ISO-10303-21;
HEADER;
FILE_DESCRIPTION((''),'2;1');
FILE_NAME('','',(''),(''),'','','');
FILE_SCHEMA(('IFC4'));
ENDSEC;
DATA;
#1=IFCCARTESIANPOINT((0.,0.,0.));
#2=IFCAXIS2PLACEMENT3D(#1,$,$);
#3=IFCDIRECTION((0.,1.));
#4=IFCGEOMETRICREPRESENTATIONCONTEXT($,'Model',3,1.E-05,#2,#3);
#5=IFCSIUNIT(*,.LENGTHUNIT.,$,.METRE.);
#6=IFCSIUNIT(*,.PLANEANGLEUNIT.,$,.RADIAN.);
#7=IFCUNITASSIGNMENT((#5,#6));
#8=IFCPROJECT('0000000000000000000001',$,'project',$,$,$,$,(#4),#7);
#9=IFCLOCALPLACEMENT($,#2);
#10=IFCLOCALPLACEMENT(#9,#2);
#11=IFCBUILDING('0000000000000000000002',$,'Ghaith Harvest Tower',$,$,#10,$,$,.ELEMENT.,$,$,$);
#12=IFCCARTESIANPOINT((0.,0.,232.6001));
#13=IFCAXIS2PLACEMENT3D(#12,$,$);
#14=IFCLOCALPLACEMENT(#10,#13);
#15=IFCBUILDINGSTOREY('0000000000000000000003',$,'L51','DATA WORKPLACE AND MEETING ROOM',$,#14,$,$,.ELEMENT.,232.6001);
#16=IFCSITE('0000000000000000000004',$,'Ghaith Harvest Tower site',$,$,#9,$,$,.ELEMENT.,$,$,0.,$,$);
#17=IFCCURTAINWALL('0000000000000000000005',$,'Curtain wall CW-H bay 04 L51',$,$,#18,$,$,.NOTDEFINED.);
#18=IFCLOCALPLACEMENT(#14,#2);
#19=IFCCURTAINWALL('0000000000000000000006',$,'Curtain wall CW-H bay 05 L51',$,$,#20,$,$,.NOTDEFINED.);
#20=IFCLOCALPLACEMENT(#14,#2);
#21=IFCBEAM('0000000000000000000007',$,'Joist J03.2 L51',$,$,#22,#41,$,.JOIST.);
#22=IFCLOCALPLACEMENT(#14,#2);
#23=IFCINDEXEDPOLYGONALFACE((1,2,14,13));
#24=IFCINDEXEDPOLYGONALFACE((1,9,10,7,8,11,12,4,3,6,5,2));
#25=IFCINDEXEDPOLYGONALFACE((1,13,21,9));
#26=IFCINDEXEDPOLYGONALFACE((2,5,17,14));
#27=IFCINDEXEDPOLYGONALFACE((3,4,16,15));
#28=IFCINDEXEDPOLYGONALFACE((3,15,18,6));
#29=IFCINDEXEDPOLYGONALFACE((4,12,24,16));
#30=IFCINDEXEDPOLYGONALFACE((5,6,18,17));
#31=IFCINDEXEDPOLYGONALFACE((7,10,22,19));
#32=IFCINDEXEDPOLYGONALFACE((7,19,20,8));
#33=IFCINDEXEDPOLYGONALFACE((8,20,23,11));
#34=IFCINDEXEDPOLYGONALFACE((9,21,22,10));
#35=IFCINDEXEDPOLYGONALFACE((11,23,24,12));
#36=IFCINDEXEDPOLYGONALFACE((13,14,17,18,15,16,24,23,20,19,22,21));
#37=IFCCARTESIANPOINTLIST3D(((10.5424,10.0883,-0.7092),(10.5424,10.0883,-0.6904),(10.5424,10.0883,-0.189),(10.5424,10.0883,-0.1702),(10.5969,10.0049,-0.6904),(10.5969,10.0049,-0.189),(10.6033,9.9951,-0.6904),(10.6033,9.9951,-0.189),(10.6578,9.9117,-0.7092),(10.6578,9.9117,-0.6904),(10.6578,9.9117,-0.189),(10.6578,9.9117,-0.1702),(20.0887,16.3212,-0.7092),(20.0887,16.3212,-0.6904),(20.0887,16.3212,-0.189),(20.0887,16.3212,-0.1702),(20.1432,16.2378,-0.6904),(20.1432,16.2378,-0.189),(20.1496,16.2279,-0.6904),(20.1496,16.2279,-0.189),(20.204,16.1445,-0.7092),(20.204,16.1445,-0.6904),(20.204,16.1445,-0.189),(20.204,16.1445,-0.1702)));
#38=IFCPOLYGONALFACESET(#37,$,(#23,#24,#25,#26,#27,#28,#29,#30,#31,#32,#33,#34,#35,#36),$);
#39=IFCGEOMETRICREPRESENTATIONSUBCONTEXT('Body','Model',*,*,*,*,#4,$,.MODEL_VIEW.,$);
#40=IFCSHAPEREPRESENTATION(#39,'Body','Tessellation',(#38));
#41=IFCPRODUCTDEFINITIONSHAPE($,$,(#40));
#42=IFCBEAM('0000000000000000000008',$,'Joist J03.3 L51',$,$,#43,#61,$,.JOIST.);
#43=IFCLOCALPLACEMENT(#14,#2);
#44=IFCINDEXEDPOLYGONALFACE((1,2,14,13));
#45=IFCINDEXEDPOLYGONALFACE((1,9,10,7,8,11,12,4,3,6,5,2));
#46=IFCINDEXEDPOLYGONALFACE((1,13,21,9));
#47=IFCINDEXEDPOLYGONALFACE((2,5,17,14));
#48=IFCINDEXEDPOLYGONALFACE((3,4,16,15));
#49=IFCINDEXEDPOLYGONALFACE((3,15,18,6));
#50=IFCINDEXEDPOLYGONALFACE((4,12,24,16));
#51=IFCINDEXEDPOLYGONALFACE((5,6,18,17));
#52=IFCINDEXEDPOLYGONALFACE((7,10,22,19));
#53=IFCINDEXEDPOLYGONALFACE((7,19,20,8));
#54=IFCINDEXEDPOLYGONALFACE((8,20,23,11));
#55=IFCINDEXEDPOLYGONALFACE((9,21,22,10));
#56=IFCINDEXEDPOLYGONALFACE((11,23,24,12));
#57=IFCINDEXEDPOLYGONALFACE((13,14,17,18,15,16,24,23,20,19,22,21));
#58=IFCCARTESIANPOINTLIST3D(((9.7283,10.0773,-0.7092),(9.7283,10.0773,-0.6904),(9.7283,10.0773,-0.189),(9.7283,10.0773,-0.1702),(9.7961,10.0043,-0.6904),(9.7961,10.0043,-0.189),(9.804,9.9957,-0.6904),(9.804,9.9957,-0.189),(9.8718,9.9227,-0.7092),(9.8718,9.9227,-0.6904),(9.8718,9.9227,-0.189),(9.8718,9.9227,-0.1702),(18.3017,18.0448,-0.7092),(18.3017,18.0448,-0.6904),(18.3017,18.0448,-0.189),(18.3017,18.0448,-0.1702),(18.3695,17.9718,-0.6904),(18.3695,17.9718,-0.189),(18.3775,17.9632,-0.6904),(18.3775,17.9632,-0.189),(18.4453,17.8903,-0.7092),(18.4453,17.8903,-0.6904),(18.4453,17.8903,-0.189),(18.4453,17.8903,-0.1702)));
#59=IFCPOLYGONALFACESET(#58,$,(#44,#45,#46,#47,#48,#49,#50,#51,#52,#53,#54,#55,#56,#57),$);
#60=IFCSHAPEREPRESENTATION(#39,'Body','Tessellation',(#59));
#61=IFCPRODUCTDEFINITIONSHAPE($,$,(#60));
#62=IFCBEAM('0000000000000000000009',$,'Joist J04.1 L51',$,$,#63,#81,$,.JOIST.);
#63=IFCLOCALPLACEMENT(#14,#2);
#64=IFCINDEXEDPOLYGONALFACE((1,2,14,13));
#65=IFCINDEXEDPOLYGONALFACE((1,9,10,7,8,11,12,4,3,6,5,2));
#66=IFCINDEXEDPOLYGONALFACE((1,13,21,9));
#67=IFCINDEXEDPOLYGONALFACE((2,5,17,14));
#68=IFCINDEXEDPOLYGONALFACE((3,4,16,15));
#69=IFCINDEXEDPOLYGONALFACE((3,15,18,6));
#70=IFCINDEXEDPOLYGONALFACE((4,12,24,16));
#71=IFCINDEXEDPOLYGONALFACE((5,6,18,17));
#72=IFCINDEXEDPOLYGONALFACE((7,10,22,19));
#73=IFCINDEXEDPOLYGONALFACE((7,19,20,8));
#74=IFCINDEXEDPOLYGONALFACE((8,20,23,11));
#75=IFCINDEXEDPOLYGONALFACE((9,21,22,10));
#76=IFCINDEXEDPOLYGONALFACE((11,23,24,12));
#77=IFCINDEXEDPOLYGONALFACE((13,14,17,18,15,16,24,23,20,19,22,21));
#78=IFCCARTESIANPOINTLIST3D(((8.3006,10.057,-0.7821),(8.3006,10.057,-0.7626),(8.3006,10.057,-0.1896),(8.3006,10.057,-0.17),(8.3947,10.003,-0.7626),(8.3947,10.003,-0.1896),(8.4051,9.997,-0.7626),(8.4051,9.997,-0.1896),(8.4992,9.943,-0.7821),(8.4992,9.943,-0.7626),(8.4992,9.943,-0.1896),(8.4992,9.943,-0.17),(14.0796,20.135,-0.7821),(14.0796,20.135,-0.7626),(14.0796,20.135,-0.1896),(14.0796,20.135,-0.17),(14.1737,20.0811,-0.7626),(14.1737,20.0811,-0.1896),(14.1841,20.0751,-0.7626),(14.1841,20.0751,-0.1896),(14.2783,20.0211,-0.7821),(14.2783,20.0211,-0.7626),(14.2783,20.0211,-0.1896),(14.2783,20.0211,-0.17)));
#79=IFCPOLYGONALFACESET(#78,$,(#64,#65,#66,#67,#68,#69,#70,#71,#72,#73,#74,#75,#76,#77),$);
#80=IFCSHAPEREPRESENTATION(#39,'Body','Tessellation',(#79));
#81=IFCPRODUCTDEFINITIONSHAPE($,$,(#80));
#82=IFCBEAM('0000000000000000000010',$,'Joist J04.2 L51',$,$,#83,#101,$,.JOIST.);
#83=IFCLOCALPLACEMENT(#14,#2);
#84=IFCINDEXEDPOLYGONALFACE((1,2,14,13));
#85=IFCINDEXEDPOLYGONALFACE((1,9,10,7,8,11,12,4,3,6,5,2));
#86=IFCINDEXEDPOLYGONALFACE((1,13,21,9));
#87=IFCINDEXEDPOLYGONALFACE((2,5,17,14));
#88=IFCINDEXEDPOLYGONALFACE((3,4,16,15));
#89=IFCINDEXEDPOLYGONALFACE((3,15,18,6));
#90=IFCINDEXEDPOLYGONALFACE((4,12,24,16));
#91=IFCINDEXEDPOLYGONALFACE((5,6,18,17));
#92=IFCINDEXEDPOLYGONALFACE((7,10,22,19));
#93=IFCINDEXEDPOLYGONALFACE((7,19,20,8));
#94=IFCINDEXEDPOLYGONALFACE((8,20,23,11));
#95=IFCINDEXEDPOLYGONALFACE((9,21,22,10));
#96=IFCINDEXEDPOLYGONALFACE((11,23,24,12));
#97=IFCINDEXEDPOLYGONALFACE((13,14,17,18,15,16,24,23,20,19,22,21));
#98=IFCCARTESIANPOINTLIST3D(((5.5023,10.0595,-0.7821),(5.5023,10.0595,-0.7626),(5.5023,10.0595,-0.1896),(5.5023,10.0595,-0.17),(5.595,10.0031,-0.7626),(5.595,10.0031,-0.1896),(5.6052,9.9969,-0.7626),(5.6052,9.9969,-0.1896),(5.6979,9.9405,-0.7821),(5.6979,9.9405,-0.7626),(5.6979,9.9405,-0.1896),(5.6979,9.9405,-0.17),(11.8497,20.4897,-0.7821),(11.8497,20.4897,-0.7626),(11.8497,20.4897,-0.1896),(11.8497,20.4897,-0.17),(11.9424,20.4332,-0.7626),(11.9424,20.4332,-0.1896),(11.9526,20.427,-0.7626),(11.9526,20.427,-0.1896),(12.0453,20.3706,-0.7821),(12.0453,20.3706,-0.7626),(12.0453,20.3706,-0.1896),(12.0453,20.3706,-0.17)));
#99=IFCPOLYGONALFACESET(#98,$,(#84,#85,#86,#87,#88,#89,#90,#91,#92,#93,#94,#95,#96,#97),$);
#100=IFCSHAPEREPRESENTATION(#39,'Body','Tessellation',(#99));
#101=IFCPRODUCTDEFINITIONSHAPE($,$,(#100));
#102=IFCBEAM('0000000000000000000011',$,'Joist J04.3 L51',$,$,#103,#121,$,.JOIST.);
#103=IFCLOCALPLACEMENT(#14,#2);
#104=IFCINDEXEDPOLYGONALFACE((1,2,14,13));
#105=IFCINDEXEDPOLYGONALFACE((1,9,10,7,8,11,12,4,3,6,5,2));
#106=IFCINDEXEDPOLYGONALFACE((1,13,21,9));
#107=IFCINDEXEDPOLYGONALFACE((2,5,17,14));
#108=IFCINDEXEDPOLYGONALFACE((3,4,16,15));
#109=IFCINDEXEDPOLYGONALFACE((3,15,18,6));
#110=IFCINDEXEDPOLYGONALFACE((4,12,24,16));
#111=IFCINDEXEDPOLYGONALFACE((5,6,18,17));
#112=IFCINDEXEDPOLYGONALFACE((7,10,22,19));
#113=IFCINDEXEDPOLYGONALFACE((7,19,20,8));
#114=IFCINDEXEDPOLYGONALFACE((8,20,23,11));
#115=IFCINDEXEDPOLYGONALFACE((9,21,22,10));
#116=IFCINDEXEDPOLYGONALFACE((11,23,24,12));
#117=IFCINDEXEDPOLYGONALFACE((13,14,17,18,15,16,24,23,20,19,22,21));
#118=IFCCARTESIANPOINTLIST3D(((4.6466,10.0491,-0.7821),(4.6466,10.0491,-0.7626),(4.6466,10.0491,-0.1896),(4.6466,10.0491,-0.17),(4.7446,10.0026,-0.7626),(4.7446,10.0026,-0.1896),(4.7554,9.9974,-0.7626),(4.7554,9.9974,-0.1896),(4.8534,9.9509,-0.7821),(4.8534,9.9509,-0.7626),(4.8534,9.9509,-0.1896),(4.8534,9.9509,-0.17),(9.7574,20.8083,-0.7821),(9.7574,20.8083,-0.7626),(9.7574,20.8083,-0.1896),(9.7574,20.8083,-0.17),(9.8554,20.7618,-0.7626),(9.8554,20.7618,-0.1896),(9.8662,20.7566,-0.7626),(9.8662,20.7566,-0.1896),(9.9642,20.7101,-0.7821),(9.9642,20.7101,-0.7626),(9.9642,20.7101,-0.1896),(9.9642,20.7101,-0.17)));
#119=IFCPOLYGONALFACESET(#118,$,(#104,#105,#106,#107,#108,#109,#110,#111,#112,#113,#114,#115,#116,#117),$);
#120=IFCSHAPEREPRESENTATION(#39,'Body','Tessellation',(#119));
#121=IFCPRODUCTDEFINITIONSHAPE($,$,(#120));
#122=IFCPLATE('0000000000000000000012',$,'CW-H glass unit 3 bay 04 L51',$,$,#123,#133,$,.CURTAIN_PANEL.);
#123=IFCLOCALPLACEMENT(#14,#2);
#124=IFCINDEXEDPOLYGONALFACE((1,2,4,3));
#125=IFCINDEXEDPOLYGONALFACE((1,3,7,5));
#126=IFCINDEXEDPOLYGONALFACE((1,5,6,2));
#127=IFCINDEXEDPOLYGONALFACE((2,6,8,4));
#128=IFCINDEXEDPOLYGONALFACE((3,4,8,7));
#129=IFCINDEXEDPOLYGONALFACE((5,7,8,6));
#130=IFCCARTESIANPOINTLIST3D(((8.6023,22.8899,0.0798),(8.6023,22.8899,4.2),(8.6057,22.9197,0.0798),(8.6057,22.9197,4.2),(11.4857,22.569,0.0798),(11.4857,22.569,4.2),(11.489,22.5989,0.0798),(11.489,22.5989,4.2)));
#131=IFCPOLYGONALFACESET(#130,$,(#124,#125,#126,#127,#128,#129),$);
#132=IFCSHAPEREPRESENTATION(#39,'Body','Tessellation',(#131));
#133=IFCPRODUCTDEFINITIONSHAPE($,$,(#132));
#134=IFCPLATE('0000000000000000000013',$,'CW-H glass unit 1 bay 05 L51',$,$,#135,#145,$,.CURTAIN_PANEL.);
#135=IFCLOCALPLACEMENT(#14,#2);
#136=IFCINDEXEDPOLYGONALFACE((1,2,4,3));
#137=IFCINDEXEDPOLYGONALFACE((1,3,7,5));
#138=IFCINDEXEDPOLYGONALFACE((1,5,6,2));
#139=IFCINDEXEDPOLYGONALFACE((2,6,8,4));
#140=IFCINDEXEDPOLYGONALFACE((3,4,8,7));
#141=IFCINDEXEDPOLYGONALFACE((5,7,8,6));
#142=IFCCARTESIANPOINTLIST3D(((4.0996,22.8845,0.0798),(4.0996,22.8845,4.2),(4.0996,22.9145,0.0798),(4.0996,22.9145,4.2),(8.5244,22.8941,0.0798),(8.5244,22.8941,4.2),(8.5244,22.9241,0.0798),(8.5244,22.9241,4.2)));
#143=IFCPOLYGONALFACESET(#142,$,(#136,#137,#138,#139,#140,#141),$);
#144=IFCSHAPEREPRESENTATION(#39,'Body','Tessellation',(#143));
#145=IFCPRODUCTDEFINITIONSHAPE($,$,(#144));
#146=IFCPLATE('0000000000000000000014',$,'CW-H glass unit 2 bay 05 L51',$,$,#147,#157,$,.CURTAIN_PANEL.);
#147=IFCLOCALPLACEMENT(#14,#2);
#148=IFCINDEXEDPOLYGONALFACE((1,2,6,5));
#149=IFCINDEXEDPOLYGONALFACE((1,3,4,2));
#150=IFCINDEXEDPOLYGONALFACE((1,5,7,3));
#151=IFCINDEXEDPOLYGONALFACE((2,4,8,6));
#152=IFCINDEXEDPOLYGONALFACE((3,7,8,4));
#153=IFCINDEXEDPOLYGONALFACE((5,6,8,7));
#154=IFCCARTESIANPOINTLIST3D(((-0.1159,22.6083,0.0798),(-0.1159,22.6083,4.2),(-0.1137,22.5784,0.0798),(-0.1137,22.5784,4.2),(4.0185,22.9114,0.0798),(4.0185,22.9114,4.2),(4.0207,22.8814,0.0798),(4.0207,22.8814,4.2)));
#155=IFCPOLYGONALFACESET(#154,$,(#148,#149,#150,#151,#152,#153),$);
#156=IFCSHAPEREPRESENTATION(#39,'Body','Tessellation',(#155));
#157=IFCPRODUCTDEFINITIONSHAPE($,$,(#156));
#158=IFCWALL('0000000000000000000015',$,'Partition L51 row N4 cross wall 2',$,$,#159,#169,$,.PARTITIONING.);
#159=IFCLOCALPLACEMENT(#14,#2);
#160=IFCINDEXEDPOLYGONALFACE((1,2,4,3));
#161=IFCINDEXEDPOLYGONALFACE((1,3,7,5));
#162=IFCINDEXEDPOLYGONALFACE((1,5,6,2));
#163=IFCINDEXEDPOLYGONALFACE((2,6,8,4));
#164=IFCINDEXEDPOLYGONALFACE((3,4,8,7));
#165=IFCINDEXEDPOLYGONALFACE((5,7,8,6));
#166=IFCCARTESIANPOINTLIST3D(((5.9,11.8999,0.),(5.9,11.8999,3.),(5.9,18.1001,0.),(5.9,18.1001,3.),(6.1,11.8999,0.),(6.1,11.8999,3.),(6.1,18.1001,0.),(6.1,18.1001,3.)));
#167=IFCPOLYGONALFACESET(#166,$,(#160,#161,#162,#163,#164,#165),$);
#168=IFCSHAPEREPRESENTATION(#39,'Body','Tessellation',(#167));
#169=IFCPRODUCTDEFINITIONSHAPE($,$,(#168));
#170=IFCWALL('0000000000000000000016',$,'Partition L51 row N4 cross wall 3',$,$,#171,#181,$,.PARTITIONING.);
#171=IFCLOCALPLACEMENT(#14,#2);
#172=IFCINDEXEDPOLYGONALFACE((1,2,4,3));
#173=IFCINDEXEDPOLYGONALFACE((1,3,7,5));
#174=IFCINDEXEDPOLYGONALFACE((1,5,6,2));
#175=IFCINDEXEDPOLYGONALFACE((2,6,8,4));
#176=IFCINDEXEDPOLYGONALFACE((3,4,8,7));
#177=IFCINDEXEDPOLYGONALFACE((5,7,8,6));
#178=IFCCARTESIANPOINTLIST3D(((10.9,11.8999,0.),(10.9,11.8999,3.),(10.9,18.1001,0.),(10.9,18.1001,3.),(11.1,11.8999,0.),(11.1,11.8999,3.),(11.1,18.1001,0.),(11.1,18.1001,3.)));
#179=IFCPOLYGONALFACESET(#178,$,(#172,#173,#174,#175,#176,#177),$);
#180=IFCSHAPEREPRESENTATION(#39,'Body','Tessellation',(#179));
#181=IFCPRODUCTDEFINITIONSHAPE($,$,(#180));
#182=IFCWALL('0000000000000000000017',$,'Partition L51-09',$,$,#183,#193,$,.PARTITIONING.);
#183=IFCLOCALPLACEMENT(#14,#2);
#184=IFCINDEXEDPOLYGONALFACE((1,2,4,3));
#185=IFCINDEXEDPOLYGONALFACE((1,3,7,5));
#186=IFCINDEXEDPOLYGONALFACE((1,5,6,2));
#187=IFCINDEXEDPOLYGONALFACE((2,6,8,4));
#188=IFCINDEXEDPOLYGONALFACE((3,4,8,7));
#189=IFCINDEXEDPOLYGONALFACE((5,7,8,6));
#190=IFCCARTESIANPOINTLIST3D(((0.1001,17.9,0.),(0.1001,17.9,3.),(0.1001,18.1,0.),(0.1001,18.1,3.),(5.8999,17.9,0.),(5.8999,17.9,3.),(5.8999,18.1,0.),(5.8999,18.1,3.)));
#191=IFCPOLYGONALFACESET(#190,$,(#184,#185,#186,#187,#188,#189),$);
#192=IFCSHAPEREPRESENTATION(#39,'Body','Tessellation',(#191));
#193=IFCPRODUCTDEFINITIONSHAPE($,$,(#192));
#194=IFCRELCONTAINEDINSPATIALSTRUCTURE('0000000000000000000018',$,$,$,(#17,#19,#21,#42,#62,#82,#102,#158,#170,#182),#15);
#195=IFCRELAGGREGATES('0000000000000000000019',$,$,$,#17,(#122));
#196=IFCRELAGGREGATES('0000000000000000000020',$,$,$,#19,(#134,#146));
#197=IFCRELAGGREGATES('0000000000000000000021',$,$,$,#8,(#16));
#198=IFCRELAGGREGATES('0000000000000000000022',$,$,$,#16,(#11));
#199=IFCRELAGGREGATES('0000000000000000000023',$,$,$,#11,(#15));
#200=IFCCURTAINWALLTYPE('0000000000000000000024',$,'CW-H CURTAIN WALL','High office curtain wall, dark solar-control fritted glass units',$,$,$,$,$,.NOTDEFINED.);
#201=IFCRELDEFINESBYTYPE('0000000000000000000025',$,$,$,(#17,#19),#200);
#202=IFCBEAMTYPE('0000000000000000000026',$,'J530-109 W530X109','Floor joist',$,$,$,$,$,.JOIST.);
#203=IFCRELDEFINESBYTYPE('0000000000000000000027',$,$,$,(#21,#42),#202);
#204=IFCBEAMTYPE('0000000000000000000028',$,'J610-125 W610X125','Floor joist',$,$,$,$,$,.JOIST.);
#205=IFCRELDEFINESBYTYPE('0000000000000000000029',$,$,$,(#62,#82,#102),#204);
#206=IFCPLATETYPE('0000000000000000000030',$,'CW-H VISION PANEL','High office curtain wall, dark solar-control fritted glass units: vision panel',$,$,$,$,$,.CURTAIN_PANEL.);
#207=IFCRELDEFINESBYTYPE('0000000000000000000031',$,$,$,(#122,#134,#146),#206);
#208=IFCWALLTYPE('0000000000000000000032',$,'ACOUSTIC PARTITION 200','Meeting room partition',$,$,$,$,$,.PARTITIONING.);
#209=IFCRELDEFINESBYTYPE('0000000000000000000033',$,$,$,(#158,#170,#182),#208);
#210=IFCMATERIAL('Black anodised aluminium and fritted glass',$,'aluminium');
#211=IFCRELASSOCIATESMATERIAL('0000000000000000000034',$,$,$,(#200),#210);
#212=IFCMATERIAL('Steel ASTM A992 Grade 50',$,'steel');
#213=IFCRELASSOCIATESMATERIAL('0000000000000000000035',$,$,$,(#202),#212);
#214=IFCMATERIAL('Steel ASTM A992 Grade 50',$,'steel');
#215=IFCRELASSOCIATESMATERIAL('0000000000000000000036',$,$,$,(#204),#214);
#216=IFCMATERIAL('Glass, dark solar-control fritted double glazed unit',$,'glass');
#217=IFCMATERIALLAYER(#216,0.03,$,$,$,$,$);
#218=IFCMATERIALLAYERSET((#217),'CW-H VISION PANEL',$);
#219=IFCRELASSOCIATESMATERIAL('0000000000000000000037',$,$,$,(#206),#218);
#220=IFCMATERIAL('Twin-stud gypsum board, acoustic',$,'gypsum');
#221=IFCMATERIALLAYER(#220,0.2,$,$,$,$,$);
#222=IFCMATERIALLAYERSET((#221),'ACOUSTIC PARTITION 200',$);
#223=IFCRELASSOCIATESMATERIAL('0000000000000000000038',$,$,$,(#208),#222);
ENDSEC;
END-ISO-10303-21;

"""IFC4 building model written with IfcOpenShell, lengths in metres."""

from ifc_helpers import new_model, si_unit, direction, frame, frame_2d, origin, origin_2d, place, context, subcontext, project, spatial, rectangle, i_section, extrude, material, layer, layer_set, material_profile, profile_set, type_object, element, aggregate, save


model = new_model("IFC4")

# Units and contexts
model_context = context("Model", 3, precision=1e-05, world=origin(), true_north=direction((0.0, 1.0)))
body_context = subcontext(model_context, "Body", "Model", "MODEL_VIEW")
ifc_project = project(units=[si_unit("LENGTHUNIT", "METRE"), si_unit("PLANEANGLEUNIT", "RADIAN")], contexts=[model_context])

# Site, building, storey
site_placement = place(None, origin())
site = spatial("IfcSite", under=ifc_project, at=site_placement, Name="Ghaith Harvest Tower site", CompositionType="ELEMENT", RefElevation=0.0)
building_placement = place(site_placement, origin())
building = spatial("IfcBuilding", under=site, at=building_placement, Name="Ghaith Harvest Tower", CompositionType="ELEMENT")
storey_placement = place(building_placement, frame((0.0, 0.0, 232.6001)))
storey = spatial("IfcBuildingStorey", under=building, at=storey_placement, Name="L51", Description="DATA WORKPLACE AND MEETING ROOM", CompositionType="ELEMENT", Elevation=232.6001)

# Curtain wall
ifc_material_1 = material(Name="Black anodised aluminium and fritted glass", Category="aluminium")
curtain_wall_type = type_object("IfcCurtainWallType", Name="CW-H CURTAIN WALL", Description="High office curtain wall, dark solar-control fritted glass units", PredefinedType="NOTDEFINED", material=ifc_material_1)
curtain_wall_1_placement = place(storey_placement, origin())
curtain_wall_1 = element("IfcCurtainWall", 1, at=curtain_wall_1_placement, inside=storey, type_object=curtain_wall_type, Name="Curtain wall CW-H bay 04 L51", PredefinedType="NOTDEFINED")

# Curtain wall
curtain_wall_2_placement = place(storey_placement, origin())
curtain_wall_2 = element("IfcCurtainWall", 2, at=curtain_wall_2_placement, inside=storey, type_object=curtain_wall_type, Name="Curtain wall CW-H bay 05 L51", PredefinedType="NOTDEFINED")

# Beams
ifc_material_2 = material(Name="Steel ASTM A992 Grade 50", Category="steel")
ifc_material_profile_1 = material_profile(ifc_material_2, i_section(OverallWidth=0.2109, OverallDepth=0.5391, WebThickness=0.0117, FlangeThickness=0.0188, at=origin_2d()), Name="W530X109")
ifc_profile_set_1 = profile_set([ifc_material_profile_1], Name="Steel ASTM A992 Grade 50")
beam_type_1 = type_object("IfcBeamType", Name="J530-109 W530X109", Description="Floor joist", PredefinedType="JOIST", material=ifc_profile_set_1)
beam_1_placement = place(storey_placement, frame((10.6001, 10.0, -0.4397), z_axis=(0.837329, 0.546699, 0.0), x_axis=(-0.546699, 0.837329, 0.0)))
element("IfcBeam", 3, at=beam_1_placement, inside=storey, type_object=beam_type_1, Name="Joist J03.2 L51", PredefinedType="JOIST", context=body_context, shape_type="SweptSolid", body=[
    extrude(i_section(OverallWidth=0.2109, OverallDepth=0.5391, WebThickness=0.0117, FlangeThickness=0.0188, at=origin_2d()), origin(), (0.0, 0.0, 1.0), 11.4009),
])
beam_2_placement = place(storey_placement, frame((9.8, 10.0, -0.4397), z_axis=(0.732519, 0.680746, 0.0), x_axis=(-0.680746, 0.732519, 0.0)))
element("IfcBeam", 4, at=beam_2_placement, inside=storey, type_object=beam_type_1, Name="Joist J03.3 L51", PredefinedType="JOIST", context=body_context, shape_type="SweptSolid", body=[
    extrude(i_section(OverallWidth=0.2109, OverallDepth=0.5391, WebThickness=0.0117, FlangeThickness=0.0188, at=origin_2d()), origin(), (0.0, 0.0, 1.0), 11.7041),
])
ifc_material_3 = material(Name="Steel ASTM A992 Grade 50", Category="steel")
ifc_material_profile_2 = material_profile(ifc_material_3, i_section(OverallWidth=0.229, OverallDepth=0.6121, WebThickness=0.012, FlangeThickness=0.0195, at=origin_2d()), Name="W610X125")
ifc_profile_set_2 = profile_set([ifc_material_profile_2], Name="Steel ASTM A992 Grade 50")
beam_type_2 = type_object("IfcBeamType", Name="J610-125 W610X125", Description="Floor joist", PredefinedType="JOIST", material=ifc_profile_set_2)
beam_3_placement = place(storey_placement, frame((8.3999, 10.0, -0.4761), z_axis=(0.497444, 0.867496, 0.0), x_axis=(-0.867496, 0.497444, 0.0)))
element("IfcBeam", 5, at=beam_3_placement, inside=storey, type_object=beam_type_2, Name="Joist J04.1 L51", PredefinedType="JOIST", context=body_context, shape_type="SweptSolid", body=[
    extrude(i_section(OverallWidth=0.229, OverallDepth=0.6121, WebThickness=0.012, FlangeThickness=0.0195, at=origin_2d()), origin(), (0.0, 0.0, 1.0), 11.6174),
])
beam_4_placement = place(storey_placement, frame((5.6001, 10.0, -0.4761), z_axis=(0.519864, 0.854249, 0.0), x_axis=(-0.854249, 0.519864, 0.0)))
element("IfcBeam", 6, at=beam_4_placement, inside=storey, type_object=beam_type_2, Name="Joist J04.2 L51", PredefinedType="JOIST", context=body_context, shape_type="SweptSolid", body=[
    extrude(i_section(OverallWidth=0.229, OverallDepth=0.6121, WebThickness=0.012, FlangeThickness=0.0195, at=origin_2d()), origin(), (0.0, 0.0, 1.0), 12.2097),
])
beam_5_placement = place(storey_placement, frame((4.75, 10.0, -0.4761), z_axis=(0.429069, 0.903272, 0.0), x_axis=(-0.903272, 0.429069, 0.0)))
element("IfcBeam", 7, at=beam_5_placement, inside=storey, type_object=beam_type_2, Name="Joist J04.3 L51", PredefinedType="JOIST", context=body_context, shape_type="SweptSolid", body=[
    extrude(i_section(OverallWidth=0.229, OverallDepth=0.6121, WebThickness=0.012, FlangeThickness=0.0195, at=origin_2d()), origin(), (0.0, 0.0, 1.0), 11.9114),
])

# Plates
ifc_material_4 = material(Name="Glass, dark solar-control fritted double glazed unit", Category="glass")
ifc_layer_1 = layer(ifc_material_4, 0.03)
ifc_layer_set_1 = layer_set([ifc_layer_1], Name="CW-H VISION PANEL")
plate_type = type_object("IfcPlateType", Name="CW-H VISION PANEL", Description="High office curtain wall, dark solar-control fritted glass units: vision panel", PredefinedType="CURTAIN_PANEL", material=ifc_layer_set_1)
plate_1_placement = place(storey_placement, frame((10.0457, 22.7444, 0.0798), z_axis=(0.0, 0.0, 1.0), x_axis=(-0.993865, 0.110598, 0.0)))
plate_1 = element("IfcPlate", 8, at=plate_1_placement, type_object=plate_type, Name="CW-H glass unit 3 bay 04 L51", PredefinedType="CURTAIN_PANEL", context=body_context, shape_type="SweptSolid", body=[
    extrude(rectangle(XDim=2.9011, YDim=0.03, at=origin_2d()), origin(), (0.0, 0.0, 1.0), 4.1201),
])
aggregate(curtain_wall_1, [plate_1])
plate_2_placement = place(storey_placement, frame((6.312, 22.9043, 0.0798), z_axis=(0.0, 0.0, 1.0), x_axis=(-0.999998, -0.002171, 0.0)))
plate_2 = element("IfcPlate", 9, at=plate_2_placement, type_object=plate_type, Name="CW-H glass unit 1 bay 05 L51", PredefinedType="CURTAIN_PANEL", context=body_context, shape_type="SweptSolid", body=[
    extrude(rectangle(XDim=4.4248, YDim=0.03, at=origin_2d()), origin(), (0.0, 0.0, 1.0), 4.1201),
])
plate_3_placement = place(storey_placement, frame((1.9524, 22.7449, 0.0798), z_axis=(0.0, 0.0, 1.0), x_axis=(-0.997325, -0.073101, 0.0)))
plate_3 = element("IfcPlate", 10, at=plate_3_placement, type_object=plate_type, Name="CW-H glass unit 2 bay 05 L51", PredefinedType="CURTAIN_PANEL", context=body_context, shape_type="SweptSolid", body=[
    extrude(rectangle(XDim=4.1455, YDim=0.03, at=origin_2d()), origin(), (0.0, 0.0, 1.0), 4.1201),
])
aggregate(curtain_wall_2, [plate_2, plate_3])

# Walls
ifc_material_5 = material(Name="Twin-stud gypsum board, acoustic", Category="gypsum")
ifc_layer_2 = layer(ifc_material_5, 0.2)
ifc_layer_set_2 = layer_set([ifc_layer_2], Name="ACOUSTIC PARTITION 200")
wall_type_1 = type_object("IfcWallType", Name="ACOUSTIC PARTITION 200", Description="Meeting room partition", PredefinedType="PARTITIONING", material=ifc_layer_set_2)
for number, where, z_axis, x_axis, name in (
    (11, (6.0, 11.8999, 0.0), (0.0, 0.0, 1.0), (0.0, 1.0, 0.0), "Partition L51 row N4 cross wall 2"),
    (12, (11.0, 11.8999, 0.0), (0.0, 0.0, 1.0), (0.0, 1.0, 0.0), "Partition L51 row N4 cross wall 3"),
):
    element("IfcWall", number, at=place(storey_placement, frame(where, z_axis=z_axis, x_axis=x_axis)), inside=storey, type_object=wall_type_1, Name=name, PredefinedType="PARTITIONING", context=body_context, shape_type="SweptSolid", body=[
        extrude(rectangle(XDim=6.2002, YDim=0.2, at=frame_2d((3.1001, 0.0))), origin(), (0.0, 0.0, 1.0), 3.0),
    ])

# Wall
wall_1_placement = place(storey_placement, frame((0.1001, 18.0, 0.0), z_axis=(0.0, 0.0, 1.0), x_axis=(1.0, 0.0, 0.0)))
element("IfcWall", 13, at=wall_1_placement, inside=storey, type_object=wall_type_1, Name="Partition L51-09", PredefinedType="PARTITIONING", context=body_context, shape_type="SweptSolid", body=[
    extrude(rectangle(XDim=5.7998, YDim=0.2, at=frame_2d((2.8999, 0.0))), origin(), (0.0, 0.0, 1.0), 3.0),
])

save(model, "model.ifc")
